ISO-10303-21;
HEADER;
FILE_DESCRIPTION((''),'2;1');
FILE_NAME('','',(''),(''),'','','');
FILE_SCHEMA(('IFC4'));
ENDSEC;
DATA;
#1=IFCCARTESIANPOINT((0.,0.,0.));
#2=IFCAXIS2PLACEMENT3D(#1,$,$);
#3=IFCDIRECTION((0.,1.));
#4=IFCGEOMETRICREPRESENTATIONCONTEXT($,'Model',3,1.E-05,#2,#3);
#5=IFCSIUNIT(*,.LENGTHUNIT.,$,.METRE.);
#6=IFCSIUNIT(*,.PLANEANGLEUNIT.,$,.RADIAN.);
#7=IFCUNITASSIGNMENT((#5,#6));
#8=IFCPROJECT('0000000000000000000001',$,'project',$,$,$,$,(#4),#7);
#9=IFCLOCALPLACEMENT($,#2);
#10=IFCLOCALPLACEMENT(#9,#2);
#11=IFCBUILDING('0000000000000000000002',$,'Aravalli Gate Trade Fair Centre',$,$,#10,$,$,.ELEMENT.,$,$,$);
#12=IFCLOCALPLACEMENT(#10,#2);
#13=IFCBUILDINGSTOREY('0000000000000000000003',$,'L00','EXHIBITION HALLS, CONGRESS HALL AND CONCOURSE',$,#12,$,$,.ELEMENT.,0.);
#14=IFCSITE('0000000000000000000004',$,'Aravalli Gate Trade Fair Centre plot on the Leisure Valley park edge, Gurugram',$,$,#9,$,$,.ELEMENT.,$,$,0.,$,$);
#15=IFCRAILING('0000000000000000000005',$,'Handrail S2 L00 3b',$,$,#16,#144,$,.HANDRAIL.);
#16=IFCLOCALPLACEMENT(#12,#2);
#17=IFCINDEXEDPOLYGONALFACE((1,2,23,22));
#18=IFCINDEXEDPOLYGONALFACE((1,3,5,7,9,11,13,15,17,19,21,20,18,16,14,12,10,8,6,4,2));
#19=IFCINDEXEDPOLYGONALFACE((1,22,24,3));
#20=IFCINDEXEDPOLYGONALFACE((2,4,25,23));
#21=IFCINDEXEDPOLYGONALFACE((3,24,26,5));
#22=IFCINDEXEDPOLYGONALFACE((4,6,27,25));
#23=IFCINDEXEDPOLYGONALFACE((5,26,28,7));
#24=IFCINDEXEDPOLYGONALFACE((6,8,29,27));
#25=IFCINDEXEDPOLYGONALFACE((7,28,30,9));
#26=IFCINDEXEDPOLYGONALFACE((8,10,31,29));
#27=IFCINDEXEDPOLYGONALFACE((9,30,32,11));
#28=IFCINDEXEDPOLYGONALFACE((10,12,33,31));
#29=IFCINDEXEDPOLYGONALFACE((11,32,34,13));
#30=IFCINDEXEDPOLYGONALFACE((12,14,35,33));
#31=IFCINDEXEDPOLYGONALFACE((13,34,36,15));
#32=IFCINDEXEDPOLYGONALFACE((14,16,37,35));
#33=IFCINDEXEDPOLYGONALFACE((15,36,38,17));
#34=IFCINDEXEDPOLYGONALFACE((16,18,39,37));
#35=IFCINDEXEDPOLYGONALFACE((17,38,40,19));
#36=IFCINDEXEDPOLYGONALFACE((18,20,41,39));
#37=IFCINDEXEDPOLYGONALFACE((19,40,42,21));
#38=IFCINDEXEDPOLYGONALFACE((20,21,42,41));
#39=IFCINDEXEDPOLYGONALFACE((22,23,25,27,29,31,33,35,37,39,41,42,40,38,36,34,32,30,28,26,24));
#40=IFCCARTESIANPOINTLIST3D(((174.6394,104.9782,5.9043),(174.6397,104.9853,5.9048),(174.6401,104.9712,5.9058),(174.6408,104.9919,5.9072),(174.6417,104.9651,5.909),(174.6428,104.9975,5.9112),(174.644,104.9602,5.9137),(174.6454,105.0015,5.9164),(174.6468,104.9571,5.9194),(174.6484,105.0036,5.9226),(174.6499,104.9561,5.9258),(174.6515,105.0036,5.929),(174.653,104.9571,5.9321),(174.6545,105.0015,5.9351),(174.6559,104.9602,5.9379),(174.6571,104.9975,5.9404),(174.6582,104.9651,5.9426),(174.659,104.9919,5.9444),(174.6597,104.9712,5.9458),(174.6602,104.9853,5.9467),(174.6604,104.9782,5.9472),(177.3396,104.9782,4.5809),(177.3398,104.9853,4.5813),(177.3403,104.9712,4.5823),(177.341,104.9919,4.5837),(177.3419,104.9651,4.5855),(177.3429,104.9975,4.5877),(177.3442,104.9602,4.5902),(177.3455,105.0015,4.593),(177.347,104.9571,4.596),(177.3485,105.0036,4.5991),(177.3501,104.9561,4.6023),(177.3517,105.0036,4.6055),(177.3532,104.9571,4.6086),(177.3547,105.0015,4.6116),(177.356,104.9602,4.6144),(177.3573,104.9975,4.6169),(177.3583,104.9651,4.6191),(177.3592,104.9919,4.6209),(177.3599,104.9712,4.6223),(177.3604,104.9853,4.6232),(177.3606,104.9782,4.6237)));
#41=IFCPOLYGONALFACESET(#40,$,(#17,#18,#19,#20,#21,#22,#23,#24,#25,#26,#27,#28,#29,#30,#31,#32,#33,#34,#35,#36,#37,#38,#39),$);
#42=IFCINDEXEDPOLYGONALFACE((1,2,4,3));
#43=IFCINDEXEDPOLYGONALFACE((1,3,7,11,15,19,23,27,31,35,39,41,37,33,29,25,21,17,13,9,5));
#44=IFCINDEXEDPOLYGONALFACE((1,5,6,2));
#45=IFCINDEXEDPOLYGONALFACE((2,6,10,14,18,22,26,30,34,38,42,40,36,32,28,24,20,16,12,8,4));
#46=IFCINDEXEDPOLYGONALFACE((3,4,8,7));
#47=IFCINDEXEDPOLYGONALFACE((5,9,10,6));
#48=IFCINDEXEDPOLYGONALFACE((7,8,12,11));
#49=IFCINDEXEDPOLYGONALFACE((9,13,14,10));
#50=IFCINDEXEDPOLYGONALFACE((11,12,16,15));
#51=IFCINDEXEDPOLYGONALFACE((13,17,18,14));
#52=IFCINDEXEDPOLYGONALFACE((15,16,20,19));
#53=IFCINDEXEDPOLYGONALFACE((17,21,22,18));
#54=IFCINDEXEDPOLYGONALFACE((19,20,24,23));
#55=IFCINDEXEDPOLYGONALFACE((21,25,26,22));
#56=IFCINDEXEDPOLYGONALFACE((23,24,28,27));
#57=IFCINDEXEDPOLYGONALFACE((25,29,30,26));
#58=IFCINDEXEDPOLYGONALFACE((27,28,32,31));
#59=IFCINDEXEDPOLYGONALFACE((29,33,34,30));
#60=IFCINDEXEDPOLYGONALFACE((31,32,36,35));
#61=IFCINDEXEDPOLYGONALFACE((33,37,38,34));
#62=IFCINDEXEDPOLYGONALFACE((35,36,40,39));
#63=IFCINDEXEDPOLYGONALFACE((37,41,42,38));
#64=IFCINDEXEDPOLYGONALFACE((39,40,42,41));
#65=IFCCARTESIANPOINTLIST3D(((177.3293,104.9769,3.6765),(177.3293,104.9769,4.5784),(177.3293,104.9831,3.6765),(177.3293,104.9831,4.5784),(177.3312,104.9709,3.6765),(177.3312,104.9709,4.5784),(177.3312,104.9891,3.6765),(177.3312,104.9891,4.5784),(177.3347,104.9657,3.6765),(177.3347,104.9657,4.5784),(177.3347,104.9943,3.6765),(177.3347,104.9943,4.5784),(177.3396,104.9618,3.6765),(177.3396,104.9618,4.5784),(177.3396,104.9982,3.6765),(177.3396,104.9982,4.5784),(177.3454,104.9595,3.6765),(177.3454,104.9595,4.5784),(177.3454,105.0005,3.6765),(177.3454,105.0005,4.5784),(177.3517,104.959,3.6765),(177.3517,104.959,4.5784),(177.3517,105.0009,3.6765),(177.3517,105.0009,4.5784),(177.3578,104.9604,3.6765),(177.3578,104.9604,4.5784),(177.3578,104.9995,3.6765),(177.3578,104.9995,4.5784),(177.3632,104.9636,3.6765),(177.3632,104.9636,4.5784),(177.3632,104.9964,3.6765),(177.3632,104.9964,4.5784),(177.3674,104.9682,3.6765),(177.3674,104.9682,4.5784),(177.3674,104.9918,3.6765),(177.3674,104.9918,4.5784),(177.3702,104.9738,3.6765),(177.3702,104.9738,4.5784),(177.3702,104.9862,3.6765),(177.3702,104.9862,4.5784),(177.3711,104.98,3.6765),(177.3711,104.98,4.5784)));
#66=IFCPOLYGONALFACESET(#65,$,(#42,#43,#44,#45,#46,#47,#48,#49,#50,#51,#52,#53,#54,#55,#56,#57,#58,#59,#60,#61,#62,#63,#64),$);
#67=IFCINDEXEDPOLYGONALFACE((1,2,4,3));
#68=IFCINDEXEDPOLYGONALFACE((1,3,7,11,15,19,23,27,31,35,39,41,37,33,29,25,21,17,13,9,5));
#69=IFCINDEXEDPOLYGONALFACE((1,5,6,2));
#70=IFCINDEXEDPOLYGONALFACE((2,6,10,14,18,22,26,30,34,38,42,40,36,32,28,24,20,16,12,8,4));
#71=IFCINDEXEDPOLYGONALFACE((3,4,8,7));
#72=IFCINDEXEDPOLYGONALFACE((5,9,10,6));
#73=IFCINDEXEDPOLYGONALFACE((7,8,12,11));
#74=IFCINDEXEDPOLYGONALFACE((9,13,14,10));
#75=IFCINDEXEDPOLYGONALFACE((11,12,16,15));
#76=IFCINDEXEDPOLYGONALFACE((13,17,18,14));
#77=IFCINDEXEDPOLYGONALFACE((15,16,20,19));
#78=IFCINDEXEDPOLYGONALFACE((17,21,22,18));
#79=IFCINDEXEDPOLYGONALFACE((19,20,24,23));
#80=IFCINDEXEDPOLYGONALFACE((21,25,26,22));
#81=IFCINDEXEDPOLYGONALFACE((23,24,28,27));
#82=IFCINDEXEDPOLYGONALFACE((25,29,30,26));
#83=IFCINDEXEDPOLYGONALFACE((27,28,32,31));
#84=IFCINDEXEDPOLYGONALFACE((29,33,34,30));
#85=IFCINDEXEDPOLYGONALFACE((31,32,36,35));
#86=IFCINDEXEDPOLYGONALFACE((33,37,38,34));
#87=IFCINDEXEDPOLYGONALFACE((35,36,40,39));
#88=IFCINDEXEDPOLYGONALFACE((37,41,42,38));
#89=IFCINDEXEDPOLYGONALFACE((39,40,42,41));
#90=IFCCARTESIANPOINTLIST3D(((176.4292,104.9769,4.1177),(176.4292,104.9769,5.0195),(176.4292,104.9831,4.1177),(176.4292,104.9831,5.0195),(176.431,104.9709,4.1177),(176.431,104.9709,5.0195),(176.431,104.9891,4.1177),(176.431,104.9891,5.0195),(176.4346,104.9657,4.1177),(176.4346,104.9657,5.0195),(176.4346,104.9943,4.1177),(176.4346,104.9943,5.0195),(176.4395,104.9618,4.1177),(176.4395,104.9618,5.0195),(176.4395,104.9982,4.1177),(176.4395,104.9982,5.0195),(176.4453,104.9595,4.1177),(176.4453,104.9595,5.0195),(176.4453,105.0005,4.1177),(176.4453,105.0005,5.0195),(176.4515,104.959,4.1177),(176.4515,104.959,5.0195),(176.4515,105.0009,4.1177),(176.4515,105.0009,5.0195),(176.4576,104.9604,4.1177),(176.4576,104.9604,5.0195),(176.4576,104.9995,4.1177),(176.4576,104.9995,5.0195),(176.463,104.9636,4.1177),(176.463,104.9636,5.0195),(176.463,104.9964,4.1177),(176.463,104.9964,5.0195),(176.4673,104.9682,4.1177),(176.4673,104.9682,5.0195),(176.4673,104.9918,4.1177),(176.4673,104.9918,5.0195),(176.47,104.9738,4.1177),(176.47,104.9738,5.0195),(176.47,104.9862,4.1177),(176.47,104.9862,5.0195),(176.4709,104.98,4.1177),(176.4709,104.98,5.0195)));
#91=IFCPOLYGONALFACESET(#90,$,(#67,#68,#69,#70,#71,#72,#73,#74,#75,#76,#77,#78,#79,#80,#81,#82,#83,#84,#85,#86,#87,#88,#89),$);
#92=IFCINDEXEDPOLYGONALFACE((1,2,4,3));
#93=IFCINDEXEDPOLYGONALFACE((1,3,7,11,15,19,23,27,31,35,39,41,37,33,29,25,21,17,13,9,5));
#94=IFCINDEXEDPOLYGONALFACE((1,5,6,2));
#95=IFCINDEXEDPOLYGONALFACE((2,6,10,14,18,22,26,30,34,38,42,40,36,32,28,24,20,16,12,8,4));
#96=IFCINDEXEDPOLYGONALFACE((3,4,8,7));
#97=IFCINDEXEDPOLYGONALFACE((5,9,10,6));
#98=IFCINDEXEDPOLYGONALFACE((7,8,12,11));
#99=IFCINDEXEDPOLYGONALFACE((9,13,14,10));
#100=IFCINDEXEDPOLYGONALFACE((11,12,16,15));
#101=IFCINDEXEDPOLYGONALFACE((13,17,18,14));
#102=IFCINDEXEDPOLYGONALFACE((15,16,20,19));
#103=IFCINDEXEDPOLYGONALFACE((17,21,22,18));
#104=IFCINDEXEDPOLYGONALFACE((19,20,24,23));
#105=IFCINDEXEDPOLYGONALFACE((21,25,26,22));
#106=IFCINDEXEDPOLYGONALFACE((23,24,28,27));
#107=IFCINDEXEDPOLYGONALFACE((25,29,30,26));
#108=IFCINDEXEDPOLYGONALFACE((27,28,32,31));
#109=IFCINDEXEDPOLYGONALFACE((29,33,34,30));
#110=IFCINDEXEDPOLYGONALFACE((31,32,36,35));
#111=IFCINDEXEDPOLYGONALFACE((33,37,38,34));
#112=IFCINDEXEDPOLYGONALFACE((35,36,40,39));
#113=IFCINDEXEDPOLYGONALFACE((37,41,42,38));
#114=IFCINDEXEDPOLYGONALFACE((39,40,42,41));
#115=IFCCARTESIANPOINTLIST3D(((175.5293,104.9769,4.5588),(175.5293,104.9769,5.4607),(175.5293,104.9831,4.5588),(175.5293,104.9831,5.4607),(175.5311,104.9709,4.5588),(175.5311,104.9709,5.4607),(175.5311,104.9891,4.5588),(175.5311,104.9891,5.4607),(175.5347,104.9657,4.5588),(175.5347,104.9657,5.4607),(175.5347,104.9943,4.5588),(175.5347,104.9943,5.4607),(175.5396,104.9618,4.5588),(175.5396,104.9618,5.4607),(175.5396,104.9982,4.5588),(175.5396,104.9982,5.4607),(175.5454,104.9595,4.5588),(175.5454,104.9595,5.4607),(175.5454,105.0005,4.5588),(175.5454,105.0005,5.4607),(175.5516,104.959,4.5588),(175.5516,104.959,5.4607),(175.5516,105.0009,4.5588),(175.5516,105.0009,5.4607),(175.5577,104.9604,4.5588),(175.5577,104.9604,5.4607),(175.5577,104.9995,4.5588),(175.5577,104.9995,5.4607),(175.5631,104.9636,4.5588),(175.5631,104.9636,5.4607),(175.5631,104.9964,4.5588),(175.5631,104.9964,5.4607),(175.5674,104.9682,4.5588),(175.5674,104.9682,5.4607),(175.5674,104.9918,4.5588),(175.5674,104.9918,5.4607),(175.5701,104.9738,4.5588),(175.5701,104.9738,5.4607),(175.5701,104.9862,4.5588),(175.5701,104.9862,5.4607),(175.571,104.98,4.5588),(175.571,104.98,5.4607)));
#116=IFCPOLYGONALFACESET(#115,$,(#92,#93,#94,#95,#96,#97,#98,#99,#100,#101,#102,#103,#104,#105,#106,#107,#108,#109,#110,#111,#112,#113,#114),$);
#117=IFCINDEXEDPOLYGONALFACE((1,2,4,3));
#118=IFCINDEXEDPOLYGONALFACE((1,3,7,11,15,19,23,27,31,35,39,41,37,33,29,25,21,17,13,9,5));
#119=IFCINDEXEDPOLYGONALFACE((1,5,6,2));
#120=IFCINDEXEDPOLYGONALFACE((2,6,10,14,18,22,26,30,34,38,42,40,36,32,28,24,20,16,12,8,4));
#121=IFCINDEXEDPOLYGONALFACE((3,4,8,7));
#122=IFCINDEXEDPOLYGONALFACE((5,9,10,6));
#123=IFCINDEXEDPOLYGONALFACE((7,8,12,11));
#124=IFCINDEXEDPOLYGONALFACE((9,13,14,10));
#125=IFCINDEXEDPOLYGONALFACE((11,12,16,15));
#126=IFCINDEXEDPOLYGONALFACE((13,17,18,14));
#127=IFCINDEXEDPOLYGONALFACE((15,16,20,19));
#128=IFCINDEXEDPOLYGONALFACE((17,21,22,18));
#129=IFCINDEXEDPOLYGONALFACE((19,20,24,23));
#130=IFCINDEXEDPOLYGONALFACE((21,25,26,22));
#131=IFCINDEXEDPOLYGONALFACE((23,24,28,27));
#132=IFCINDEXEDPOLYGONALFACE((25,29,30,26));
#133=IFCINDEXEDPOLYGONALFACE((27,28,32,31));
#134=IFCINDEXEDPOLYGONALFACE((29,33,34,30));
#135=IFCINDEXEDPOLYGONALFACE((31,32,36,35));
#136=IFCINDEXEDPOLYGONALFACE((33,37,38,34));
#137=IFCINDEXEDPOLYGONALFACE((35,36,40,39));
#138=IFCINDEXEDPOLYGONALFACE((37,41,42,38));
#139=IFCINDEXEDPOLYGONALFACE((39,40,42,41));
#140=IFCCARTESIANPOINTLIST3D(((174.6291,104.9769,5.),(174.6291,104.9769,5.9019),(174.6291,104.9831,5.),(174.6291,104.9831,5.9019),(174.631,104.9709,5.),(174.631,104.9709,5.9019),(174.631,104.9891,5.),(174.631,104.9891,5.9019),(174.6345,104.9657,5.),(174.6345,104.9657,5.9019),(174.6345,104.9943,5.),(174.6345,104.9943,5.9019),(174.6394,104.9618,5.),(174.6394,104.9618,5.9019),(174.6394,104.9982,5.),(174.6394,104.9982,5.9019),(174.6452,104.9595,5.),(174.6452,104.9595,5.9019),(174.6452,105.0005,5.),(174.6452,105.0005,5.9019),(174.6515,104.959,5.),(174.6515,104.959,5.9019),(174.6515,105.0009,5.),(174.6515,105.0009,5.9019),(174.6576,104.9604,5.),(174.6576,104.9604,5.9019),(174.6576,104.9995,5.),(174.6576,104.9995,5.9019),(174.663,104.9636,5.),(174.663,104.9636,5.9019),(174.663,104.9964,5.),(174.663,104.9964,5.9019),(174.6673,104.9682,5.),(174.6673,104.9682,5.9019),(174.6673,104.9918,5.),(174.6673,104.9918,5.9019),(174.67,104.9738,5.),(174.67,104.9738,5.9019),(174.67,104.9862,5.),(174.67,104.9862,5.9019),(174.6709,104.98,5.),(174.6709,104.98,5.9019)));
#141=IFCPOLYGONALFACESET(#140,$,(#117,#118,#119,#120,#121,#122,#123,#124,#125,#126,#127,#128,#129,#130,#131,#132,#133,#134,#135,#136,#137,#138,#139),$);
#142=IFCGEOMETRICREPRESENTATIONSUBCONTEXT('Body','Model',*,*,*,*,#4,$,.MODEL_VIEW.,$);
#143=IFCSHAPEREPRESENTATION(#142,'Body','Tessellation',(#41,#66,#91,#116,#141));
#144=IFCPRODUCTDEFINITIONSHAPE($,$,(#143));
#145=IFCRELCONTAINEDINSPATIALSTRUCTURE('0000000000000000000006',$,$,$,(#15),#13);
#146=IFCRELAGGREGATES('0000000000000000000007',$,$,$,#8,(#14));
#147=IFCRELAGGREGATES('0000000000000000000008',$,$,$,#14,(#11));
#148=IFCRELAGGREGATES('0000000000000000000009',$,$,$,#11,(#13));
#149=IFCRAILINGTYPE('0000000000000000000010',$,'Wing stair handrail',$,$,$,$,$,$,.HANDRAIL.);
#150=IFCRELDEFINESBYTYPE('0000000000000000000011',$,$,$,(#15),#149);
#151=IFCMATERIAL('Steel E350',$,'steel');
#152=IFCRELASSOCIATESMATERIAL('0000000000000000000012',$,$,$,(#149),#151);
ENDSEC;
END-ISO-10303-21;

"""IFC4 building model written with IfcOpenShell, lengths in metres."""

from ifc_helpers import new_model, si_unit, direction, frame, origin, origin_2d, place, context, subcontext, project, spatial, circle, extrude, material, type_object, element, save


model = new_model("IFC4")

# Units and contexts
model_context = context("Model", 3, precision=1e-05, world=origin(), true_north=direction((0.0, 1.0)))
body_context = subcontext(model_context, "Body", "Model", "MODEL_VIEW")
ifc_project = project(units=[si_unit("LENGTHUNIT", "METRE"), si_unit("PLANEANGLEUNIT", "RADIAN")], contexts=[model_context])

# Site, building, storey
site_placement = place(None, origin())
site = spatial("IfcSite", under=ifc_project, at=site_placement, Name="Aravalli Gate Trade Fair Centre plot on the Leisure Valley park edge, Gurugram", CompositionType="ELEMENT", RefElevation=0.0)
building_placement = place(site_placement, origin())
building = spatial("IfcBuilding", under=site, at=building_placement, Name="Aravalli Gate Trade Fair Centre", CompositionType="ELEMENT")
storey_placement = place(building_placement, origin())
storey = spatial("IfcBuildingStorey", under=building, at=storey_placement, Name="L00", Description="EXHIBITION HALLS, CONGRESS HALL AND CONCOURSE", CompositionType="ELEMENT", Elevation=0.0)

# Shared definitions
ifc_material_1 = material(Name="Steel E350", Category="steel")

# Railing
railing_type = type_object("IfcRailingType", Name="Wing stair handrail", PredefinedType="HANDRAIL", material=ifc_material_1)
for number, where, name in (
    (1, (177.3501, 104.98, 3.6765), "Handrail S2 L00 3b"),
):
    element("IfcRailing", number, at=place(storey_placement, frame(where)), inside=storey, type_object=railing_type, Name=name, PredefinedType="HANDRAIL", context=body_context, shape_type="SweptSolid", body=[
        extrude(circle(Radius=0.0239, at=origin_2d()), frame((0.0, 0.0, 0.9258), z_axis=(-0.897939, 0.0, 0.44012), x_axis=(0.0, -1.0, 0.0)), (0.0, 0.0, 1.0), 3.0071),
        extrude(circle(Radius=0.021, at=origin_2d()), origin(), (0.0, 0.0, 1.0), 0.9019),
        extrude(circle(Radius=0.021, at=origin_2d()), frame((-0.9001, 0.0, 0.4412)), (0.0, 0.0, 1.0), 0.9019),
        extrude(circle(Radius=0.021, at=origin_2d()), frame((-1.8, 0.0, 0.8823)), (0.0, 0.0, 1.0), 0.9019),
        extrude(circle(Radius=0.021, at=origin_2d()), frame((-2.7002, 0.0, 1.3235)), (0.0, 0.0, 1.0), 0.9019),
    ])

save(model, "model.ifc")
